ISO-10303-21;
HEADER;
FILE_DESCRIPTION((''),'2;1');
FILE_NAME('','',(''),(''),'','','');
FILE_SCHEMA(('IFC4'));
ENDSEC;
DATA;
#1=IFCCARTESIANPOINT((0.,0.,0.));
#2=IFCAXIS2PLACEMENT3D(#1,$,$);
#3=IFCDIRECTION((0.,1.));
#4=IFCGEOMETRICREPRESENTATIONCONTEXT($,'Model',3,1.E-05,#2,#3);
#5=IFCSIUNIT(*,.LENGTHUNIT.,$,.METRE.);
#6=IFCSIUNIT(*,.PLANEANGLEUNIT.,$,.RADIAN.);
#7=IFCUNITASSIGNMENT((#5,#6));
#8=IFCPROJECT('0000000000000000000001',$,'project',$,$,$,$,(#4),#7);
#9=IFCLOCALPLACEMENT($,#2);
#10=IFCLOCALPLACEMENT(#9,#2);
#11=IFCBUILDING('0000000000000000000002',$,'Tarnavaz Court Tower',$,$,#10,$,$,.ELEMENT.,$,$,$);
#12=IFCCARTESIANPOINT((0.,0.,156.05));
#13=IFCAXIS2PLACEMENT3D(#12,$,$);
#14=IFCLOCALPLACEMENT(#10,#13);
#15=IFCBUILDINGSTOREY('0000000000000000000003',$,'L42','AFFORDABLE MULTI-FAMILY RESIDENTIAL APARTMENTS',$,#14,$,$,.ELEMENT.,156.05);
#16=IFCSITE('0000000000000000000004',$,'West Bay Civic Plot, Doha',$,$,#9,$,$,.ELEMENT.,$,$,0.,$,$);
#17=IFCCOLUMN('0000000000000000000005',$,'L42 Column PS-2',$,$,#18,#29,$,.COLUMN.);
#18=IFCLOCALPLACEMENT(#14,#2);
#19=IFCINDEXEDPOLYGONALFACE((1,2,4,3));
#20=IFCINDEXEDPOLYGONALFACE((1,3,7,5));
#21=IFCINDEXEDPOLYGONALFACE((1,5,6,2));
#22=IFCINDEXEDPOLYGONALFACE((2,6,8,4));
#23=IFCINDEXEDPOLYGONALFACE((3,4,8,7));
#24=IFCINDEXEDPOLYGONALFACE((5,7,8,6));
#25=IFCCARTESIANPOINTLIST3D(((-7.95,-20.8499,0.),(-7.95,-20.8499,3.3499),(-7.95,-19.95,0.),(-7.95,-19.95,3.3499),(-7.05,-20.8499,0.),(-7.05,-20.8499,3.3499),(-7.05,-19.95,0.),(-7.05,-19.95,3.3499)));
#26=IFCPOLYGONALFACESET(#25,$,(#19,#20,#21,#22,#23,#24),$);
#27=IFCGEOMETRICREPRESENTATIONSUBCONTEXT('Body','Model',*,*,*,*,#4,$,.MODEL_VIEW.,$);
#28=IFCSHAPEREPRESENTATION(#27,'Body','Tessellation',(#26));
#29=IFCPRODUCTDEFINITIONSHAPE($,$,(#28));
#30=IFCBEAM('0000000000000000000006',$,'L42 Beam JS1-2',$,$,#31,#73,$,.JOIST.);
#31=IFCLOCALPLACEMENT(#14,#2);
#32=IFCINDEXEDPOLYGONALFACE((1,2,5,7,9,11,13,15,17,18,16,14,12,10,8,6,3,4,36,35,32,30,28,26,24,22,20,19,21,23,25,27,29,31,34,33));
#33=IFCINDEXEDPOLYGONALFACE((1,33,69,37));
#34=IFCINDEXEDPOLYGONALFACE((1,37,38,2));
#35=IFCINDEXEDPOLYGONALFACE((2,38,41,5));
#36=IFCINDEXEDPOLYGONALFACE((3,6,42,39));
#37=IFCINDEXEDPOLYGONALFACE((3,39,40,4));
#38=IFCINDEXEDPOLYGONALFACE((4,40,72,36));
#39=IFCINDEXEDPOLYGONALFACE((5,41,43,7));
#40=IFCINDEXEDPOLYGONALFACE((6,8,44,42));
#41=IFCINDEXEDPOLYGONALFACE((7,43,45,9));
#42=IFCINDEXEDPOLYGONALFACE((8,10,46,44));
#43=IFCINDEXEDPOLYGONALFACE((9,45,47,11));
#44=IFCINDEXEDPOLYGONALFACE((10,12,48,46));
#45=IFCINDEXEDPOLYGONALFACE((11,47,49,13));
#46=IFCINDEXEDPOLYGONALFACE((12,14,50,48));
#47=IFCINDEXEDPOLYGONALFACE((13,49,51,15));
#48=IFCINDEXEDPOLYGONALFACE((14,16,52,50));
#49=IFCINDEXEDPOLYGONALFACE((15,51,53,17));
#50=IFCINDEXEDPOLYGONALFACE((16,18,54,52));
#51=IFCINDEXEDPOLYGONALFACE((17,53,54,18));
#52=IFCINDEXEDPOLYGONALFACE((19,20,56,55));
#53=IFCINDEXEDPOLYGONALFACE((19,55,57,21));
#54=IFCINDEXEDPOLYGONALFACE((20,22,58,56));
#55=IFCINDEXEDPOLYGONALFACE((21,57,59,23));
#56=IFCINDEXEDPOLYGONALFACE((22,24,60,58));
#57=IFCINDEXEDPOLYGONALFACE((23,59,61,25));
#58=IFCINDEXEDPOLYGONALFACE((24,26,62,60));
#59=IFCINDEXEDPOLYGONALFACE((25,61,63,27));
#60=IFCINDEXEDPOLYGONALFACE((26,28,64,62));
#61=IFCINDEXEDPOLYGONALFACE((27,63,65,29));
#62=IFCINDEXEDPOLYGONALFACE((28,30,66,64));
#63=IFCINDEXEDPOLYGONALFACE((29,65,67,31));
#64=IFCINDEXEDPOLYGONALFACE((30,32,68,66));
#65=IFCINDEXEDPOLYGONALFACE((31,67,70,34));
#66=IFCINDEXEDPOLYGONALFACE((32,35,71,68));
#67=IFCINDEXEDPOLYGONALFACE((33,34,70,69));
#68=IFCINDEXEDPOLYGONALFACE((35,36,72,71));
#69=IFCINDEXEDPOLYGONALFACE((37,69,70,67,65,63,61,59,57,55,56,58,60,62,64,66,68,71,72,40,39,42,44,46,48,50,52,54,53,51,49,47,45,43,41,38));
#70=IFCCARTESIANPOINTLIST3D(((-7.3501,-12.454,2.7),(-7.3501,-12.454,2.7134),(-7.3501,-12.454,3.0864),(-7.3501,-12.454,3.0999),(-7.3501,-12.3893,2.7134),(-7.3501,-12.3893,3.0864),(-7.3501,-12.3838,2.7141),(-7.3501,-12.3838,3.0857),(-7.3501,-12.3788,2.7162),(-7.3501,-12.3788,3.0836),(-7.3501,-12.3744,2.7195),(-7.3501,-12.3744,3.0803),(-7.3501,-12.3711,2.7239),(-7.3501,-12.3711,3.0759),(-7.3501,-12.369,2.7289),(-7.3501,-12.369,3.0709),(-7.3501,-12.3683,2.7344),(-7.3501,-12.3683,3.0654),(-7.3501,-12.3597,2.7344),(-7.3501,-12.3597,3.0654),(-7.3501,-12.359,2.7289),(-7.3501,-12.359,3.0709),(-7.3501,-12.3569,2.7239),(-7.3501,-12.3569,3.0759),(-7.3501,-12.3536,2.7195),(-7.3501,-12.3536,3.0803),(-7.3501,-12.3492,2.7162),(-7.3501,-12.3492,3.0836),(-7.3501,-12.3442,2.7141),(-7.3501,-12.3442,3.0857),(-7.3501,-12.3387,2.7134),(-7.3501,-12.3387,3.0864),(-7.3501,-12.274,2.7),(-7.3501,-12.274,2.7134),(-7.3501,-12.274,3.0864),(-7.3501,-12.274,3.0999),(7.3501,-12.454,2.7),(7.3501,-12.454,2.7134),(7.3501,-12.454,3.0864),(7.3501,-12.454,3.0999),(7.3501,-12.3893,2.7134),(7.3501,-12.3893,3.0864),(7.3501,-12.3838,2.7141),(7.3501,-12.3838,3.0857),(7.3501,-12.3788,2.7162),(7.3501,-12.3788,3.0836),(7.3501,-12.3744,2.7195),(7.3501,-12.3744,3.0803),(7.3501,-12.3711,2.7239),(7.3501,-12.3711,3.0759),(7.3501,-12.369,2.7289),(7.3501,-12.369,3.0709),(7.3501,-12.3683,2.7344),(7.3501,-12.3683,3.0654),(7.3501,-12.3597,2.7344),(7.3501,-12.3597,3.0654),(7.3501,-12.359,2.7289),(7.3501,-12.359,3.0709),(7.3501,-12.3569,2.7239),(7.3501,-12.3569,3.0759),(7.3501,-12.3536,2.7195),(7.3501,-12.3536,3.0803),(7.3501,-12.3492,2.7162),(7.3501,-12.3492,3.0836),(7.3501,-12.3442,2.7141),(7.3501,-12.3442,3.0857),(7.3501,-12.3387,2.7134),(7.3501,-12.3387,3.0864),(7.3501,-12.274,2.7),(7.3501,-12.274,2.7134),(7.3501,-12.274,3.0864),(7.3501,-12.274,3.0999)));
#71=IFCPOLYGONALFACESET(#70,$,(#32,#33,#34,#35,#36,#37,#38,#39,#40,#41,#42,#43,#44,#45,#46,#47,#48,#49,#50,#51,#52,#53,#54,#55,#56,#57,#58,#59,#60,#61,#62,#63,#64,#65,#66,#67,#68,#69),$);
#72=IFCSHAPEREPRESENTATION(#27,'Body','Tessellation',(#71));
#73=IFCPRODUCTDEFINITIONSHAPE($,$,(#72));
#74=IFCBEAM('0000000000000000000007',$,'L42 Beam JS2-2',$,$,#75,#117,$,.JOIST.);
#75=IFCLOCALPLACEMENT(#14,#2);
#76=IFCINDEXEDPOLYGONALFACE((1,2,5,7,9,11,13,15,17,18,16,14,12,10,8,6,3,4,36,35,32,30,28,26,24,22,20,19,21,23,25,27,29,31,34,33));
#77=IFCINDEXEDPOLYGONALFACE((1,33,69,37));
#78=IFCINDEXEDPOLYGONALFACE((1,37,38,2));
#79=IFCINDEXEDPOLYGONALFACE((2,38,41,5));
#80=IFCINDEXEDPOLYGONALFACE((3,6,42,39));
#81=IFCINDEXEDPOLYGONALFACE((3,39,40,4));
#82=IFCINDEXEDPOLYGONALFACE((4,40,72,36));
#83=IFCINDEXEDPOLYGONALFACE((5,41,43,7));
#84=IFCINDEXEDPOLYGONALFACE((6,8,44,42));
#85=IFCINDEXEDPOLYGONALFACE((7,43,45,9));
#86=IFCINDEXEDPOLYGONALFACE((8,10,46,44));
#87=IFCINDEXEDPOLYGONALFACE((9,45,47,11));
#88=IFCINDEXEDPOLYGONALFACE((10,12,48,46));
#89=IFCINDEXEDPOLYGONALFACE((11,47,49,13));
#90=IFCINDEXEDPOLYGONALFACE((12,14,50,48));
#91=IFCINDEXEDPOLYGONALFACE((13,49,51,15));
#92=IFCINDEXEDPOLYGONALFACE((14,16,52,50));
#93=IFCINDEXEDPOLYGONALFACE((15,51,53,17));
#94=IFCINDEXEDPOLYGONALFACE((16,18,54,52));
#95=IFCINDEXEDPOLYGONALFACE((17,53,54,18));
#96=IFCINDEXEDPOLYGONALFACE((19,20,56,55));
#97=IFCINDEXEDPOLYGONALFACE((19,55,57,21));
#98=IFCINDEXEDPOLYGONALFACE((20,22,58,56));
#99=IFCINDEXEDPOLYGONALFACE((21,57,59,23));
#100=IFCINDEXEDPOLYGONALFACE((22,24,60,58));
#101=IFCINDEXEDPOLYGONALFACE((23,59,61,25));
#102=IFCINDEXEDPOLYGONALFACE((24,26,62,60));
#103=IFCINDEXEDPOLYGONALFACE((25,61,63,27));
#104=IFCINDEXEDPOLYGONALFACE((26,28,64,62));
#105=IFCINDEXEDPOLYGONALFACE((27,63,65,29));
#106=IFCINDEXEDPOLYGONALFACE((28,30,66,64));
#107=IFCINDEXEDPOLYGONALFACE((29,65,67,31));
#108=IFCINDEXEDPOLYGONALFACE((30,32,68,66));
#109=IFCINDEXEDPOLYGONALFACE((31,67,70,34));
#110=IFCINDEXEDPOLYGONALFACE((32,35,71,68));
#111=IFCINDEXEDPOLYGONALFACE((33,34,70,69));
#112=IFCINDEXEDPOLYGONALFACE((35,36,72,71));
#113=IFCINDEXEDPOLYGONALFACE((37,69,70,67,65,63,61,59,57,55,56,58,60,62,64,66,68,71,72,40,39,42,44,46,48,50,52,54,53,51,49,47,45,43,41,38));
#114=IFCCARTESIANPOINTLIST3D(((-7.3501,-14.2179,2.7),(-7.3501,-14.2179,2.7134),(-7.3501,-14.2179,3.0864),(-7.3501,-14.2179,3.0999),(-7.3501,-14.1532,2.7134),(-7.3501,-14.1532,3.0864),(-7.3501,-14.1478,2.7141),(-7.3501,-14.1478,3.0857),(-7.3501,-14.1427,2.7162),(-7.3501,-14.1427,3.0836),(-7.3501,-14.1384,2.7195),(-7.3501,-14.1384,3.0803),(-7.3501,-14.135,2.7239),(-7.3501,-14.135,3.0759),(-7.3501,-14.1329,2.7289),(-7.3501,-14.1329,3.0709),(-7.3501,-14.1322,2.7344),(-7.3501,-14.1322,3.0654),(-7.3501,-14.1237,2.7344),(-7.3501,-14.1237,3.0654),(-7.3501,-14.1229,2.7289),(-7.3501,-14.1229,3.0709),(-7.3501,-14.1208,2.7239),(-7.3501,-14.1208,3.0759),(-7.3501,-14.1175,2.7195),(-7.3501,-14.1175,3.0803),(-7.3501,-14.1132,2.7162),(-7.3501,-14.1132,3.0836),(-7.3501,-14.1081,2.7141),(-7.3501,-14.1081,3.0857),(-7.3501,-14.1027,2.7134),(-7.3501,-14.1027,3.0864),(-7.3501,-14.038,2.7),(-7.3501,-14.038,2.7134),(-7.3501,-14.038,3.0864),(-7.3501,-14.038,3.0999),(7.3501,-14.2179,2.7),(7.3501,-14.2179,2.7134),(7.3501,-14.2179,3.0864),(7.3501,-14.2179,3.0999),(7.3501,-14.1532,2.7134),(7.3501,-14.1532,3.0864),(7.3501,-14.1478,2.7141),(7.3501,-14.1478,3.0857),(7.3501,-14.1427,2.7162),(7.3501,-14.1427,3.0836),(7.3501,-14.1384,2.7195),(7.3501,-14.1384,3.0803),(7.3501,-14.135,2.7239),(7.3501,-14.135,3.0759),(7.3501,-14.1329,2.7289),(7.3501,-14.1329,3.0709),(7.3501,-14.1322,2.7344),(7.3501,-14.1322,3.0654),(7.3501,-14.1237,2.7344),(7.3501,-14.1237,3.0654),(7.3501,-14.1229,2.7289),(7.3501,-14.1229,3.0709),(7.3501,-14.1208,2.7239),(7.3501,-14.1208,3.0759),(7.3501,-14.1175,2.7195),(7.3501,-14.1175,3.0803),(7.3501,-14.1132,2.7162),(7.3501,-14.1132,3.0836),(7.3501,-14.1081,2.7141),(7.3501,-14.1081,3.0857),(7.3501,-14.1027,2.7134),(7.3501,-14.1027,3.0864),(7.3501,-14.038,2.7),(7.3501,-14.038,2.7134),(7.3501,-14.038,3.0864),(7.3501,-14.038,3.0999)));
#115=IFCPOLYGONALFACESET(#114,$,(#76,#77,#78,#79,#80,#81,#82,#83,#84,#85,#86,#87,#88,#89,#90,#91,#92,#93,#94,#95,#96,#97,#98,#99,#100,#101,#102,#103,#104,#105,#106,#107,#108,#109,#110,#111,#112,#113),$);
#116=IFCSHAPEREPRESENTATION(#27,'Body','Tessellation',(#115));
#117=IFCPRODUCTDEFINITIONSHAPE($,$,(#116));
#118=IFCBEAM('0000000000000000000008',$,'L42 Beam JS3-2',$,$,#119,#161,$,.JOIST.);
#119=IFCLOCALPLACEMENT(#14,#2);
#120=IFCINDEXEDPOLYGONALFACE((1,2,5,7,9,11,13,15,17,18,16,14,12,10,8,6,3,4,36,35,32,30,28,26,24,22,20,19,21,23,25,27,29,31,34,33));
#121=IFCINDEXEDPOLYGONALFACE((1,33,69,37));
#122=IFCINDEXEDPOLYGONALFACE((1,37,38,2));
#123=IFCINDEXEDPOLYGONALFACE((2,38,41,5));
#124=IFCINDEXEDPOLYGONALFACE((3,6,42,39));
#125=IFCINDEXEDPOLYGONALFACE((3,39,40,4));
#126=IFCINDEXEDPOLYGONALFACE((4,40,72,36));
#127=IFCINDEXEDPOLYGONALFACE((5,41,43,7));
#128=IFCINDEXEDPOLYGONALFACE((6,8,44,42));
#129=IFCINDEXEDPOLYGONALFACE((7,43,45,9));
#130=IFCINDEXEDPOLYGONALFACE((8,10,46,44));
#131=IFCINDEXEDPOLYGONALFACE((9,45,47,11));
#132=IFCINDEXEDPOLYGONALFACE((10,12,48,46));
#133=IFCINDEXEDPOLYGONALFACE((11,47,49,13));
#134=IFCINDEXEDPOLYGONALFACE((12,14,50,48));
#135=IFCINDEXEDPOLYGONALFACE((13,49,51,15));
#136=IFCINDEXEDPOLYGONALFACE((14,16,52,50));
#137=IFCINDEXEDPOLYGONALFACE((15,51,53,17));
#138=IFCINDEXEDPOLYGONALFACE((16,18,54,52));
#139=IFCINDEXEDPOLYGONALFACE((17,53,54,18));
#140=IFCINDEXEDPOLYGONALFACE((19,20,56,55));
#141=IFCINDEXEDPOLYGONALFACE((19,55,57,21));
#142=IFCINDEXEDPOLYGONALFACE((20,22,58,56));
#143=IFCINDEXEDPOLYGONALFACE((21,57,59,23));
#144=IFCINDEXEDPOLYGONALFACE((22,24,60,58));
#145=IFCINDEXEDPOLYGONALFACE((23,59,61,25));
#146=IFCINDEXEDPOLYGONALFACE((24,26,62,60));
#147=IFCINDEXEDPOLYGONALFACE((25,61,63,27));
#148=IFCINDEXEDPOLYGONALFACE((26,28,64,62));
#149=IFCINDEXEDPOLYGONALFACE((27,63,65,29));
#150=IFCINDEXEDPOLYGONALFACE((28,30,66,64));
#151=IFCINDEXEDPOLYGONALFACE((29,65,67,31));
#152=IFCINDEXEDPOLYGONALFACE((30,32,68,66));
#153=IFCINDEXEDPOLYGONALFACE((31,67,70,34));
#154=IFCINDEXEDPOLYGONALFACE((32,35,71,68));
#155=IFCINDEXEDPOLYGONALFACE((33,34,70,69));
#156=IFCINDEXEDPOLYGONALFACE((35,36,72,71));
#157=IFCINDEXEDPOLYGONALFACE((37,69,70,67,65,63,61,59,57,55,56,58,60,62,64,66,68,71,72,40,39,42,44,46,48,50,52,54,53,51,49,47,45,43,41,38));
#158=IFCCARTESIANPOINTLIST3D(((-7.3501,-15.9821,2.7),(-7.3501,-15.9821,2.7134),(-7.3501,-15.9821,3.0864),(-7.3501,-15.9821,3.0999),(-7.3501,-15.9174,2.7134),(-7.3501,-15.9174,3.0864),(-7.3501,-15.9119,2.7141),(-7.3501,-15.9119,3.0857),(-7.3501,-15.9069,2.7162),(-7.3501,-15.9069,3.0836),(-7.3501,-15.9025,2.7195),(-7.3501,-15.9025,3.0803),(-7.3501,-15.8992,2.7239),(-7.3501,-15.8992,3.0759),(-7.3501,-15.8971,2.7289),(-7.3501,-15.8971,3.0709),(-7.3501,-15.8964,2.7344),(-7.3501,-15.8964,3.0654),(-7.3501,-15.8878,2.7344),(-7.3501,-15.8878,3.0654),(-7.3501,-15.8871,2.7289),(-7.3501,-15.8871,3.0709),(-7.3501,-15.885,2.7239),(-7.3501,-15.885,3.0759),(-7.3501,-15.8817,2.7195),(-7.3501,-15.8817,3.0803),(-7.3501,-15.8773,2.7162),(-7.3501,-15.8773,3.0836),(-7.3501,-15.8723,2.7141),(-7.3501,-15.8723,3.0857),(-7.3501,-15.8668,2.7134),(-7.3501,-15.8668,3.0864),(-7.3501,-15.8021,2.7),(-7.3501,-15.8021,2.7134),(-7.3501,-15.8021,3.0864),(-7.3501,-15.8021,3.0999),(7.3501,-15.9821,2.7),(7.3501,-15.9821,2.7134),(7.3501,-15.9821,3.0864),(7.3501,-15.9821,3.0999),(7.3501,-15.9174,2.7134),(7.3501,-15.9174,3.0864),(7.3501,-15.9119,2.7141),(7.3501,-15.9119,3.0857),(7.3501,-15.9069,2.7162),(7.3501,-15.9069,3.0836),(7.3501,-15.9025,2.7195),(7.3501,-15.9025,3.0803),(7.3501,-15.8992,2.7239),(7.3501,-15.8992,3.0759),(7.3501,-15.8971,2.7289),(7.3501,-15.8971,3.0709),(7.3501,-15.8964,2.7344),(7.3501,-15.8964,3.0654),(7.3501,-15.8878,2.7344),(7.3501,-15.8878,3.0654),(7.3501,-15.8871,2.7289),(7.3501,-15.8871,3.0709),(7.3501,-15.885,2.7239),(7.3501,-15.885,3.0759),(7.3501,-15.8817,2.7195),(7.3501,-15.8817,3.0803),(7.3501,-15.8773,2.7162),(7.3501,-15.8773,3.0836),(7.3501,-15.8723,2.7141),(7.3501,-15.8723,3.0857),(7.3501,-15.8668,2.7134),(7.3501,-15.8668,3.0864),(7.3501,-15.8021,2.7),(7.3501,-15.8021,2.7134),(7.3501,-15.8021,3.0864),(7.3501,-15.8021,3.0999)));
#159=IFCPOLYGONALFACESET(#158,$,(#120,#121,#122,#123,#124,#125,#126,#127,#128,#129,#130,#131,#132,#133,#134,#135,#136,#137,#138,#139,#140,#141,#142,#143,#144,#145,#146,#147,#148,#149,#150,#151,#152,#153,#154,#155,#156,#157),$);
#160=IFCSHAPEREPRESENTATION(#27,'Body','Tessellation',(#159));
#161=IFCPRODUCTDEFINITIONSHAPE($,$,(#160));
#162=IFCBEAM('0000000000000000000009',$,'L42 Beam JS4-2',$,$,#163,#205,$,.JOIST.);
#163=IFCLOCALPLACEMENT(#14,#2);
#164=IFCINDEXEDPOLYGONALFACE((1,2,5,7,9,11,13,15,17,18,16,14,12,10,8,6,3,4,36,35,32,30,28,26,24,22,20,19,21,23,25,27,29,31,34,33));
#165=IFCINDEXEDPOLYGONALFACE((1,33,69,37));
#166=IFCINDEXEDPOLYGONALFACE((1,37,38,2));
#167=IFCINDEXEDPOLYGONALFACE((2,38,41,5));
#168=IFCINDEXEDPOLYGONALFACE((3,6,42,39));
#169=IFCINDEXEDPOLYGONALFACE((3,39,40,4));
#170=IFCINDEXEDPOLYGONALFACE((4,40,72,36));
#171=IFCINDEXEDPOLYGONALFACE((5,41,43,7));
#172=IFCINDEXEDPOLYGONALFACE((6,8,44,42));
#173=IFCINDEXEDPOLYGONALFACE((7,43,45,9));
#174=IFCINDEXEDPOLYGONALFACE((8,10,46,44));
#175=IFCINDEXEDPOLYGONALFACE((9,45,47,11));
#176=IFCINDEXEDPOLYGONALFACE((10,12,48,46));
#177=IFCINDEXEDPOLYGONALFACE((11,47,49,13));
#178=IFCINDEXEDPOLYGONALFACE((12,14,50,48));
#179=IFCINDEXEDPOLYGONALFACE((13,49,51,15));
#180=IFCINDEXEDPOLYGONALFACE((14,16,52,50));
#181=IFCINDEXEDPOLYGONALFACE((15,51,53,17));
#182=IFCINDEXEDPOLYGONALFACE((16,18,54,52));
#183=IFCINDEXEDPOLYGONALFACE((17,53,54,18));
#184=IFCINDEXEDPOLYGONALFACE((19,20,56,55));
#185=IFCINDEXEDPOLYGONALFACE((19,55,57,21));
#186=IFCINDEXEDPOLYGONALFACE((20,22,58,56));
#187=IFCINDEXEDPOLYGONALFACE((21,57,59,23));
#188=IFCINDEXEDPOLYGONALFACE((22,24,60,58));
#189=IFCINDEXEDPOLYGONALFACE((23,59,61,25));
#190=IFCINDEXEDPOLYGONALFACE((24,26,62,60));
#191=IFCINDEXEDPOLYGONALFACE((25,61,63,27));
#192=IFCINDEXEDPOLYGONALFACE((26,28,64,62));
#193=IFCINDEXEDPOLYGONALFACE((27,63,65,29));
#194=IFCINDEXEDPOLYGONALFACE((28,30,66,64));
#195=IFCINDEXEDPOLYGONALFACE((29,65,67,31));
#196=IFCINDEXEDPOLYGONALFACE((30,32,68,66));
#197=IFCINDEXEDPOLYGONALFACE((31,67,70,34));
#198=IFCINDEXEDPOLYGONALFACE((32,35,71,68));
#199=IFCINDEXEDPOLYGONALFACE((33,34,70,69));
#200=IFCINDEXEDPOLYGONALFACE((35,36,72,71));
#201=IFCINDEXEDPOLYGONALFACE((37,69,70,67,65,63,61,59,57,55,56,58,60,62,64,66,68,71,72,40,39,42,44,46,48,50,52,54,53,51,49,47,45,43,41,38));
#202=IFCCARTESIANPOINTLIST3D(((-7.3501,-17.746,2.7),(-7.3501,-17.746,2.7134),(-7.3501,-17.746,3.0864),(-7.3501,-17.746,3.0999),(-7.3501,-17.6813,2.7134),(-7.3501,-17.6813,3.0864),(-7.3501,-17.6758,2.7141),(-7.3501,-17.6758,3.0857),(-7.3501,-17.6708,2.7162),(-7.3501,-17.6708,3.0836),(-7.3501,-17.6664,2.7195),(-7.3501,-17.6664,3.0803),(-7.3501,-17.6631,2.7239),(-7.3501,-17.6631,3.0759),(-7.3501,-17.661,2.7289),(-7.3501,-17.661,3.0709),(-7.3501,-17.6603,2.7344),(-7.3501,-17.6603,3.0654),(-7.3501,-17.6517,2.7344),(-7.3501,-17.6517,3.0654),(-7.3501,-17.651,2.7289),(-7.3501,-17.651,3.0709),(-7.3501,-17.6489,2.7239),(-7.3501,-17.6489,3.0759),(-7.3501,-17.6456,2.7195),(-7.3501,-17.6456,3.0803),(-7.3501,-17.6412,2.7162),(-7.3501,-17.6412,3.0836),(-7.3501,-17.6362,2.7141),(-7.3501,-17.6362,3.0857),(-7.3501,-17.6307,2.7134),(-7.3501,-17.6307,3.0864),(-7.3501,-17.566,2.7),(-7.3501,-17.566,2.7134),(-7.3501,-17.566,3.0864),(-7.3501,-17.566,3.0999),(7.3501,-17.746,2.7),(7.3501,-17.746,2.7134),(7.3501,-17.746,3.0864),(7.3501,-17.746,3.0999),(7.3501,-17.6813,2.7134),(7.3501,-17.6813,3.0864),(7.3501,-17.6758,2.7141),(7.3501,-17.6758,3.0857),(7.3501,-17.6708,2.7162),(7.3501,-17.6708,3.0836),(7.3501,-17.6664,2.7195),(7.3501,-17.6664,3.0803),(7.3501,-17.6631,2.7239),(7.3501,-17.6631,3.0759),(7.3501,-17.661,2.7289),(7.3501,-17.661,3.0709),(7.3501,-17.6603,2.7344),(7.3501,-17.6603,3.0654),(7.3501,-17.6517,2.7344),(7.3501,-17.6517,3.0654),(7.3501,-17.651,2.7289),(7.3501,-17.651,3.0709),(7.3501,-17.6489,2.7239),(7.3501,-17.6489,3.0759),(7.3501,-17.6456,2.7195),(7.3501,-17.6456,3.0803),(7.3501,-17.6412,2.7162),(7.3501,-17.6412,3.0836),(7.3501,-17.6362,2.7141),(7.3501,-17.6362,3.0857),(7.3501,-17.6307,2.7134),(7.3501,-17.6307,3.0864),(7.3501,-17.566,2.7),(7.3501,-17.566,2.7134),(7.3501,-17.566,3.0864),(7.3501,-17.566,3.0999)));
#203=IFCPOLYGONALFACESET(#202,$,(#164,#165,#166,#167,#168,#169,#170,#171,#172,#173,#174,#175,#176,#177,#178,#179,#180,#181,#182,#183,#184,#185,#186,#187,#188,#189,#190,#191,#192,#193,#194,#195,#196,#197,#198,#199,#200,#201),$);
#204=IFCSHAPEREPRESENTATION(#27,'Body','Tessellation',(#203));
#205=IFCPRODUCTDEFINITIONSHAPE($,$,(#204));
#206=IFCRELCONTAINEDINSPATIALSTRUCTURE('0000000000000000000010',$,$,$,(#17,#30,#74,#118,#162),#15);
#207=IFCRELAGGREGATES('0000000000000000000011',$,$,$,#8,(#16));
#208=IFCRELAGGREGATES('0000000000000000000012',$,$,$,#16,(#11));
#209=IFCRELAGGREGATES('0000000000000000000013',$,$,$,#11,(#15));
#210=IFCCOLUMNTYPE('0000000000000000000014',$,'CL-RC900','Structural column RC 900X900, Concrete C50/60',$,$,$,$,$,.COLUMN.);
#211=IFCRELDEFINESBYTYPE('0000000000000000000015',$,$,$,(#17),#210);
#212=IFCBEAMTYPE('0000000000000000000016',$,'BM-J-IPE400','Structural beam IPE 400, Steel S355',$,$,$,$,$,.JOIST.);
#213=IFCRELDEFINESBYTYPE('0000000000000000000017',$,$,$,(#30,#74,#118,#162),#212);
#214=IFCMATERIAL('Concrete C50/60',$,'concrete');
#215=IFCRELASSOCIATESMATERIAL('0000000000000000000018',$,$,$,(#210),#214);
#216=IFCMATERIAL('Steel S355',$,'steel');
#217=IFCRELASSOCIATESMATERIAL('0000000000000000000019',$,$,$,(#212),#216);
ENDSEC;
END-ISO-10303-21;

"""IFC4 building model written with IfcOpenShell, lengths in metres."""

from ifc_helpers import new_model, si_unit, direction, frame, origin, origin_2d, place, context, subcontext, project, spatial, rectangle, i_section, extrude, material, material_profile, profile_set, type_object, element, save


model = new_model("IFC4")

# Units and contexts
model_context = context("Model", 3, precision=1e-05, world=origin(), true_north=direction((0.0, 1.0)))
body_context = subcontext(model_context, "Body", "Model", "MODEL_VIEW")
ifc_project = project(units=[si_unit("LENGTHUNIT", "METRE"), si_unit("PLANEANGLEUNIT", "RADIAN")], contexts=[model_context])

# Site, building, storey
site_placement = place(None, origin())
site = spatial("IfcSite", under=ifc_project, at=site_placement, Name="West Bay Civic Plot, Doha", CompositionType="ELEMENT", RefElevation=0.0)
building_placement = place(site_placement, origin())
building = spatial("IfcBuilding", under=site, at=building_placement, Name="Tarnavaz Court Tower", CompositionType="ELEMENT")
storey_placement = place(building_placement, frame((0.0, 0.0, 156.05)))
storey = spatial("IfcBuildingStorey", under=building, at=storey_placement, Name="L42", Description="AFFORDABLE MULTI-FAMILY RESIDENTIAL APARTMENTS", CompositionType="ELEMENT", Elevation=156.05)

# Column
ifc_material_1 = material(Name="Concrete C50/60", Category="concrete")
ifc_material_profile_1 = material_profile(ifc_material_1, rectangle(XDim=0.8999, YDim=0.8999, at=origin_2d()), Name="RC 900X900")
ifc_profile_set_1 = profile_set([ifc_material_profile_1], Name="Concrete C50/60")
column_type = type_object("IfcColumnType", Name="CL-RC900", Description="Structural column RC 900X900, Concrete C50/60", PredefinedType="COLUMN", material=ifc_profile_set_1)
column_placement = place(storey_placement, frame((-7.5, -20.3999, 0.0), z_axis=(0.0, 0.0, 1.0), x_axis=(1.0, 0.0, 0.0)))
element("IfcColumn", 1, at=column_placement, inside=storey, type_object=column_type, Name="L42 Column PS-2", PredefinedType="COLUMN", context=body_context, shape_type="SweptSolid", body=[
    extrude(rectangle(XDim=0.8999, YDim=0.8999, at=origin_2d()), origin(), (0.0, 0.0, 1.0), 3.3499),
])

# Beams
ifc_material_2 = material(Name="Steel S355", Category="steel")
ifc_material_profile_2 = material_profile(ifc_material_2, i_section(OverallWidth=0.1799, OverallDepth=0.3999, WebThickness=0.0085, FlangeThickness=0.0134, FilletRadius=0.021, at=origin_2d()), Name="IPE 400")
ifc_profile_set_2 = profile_set([ifc_material_profile_2], Name="Steel S355")
beam_type_1 = type_object("IfcBeamType", Name="BM-J-IPE400", Description="Structural beam IPE 400, Steel S355", PredefinedType="JOIST", material=ifc_profile_set_2)
for number, where, z_axis, x_axis, name in (
    (2, (-7.3501, -12.364, 2.8999), (1.0, 0.0, 0.0), (0.0, 1.0, 0.0), "L42 Beam JS1-2"),
    (3, (-7.3501, -14.1279, 2.8999), (1.0, 0.0, 0.0), (0.0, 1.0, 0.0), "L42 Beam JS2-2"),
    (4, (-7.3501, -15.8921, 2.8999), (1.0, 0.0, 0.0), (0.0, 1.0, 0.0), "L42 Beam JS3-2"),
    (5, (-7.3501, -17.656, 2.8999), (1.0, 0.0, 0.0), (0.0, 1.0, 0.0), "L42 Beam JS4-2"),
):
    element("IfcBeam", number, at=place(storey_placement, frame(where, z_axis=z_axis, x_axis=x_axis)), inside=storey, type_object=beam_type_1, Name=name, PredefinedType="JOIST", context=body_context, shape_type="SweptSolid", body=[
        extrude(i_section(OverallWidth=0.1799, OverallDepth=0.3999, WebThickness=0.0085, FlangeThickness=0.0134, FilletRadius=0.021, at=origin_2d()), origin(), (0.0, 0.0, 1.0), 14.7002),
    ])

save(model, "model.ifc")
